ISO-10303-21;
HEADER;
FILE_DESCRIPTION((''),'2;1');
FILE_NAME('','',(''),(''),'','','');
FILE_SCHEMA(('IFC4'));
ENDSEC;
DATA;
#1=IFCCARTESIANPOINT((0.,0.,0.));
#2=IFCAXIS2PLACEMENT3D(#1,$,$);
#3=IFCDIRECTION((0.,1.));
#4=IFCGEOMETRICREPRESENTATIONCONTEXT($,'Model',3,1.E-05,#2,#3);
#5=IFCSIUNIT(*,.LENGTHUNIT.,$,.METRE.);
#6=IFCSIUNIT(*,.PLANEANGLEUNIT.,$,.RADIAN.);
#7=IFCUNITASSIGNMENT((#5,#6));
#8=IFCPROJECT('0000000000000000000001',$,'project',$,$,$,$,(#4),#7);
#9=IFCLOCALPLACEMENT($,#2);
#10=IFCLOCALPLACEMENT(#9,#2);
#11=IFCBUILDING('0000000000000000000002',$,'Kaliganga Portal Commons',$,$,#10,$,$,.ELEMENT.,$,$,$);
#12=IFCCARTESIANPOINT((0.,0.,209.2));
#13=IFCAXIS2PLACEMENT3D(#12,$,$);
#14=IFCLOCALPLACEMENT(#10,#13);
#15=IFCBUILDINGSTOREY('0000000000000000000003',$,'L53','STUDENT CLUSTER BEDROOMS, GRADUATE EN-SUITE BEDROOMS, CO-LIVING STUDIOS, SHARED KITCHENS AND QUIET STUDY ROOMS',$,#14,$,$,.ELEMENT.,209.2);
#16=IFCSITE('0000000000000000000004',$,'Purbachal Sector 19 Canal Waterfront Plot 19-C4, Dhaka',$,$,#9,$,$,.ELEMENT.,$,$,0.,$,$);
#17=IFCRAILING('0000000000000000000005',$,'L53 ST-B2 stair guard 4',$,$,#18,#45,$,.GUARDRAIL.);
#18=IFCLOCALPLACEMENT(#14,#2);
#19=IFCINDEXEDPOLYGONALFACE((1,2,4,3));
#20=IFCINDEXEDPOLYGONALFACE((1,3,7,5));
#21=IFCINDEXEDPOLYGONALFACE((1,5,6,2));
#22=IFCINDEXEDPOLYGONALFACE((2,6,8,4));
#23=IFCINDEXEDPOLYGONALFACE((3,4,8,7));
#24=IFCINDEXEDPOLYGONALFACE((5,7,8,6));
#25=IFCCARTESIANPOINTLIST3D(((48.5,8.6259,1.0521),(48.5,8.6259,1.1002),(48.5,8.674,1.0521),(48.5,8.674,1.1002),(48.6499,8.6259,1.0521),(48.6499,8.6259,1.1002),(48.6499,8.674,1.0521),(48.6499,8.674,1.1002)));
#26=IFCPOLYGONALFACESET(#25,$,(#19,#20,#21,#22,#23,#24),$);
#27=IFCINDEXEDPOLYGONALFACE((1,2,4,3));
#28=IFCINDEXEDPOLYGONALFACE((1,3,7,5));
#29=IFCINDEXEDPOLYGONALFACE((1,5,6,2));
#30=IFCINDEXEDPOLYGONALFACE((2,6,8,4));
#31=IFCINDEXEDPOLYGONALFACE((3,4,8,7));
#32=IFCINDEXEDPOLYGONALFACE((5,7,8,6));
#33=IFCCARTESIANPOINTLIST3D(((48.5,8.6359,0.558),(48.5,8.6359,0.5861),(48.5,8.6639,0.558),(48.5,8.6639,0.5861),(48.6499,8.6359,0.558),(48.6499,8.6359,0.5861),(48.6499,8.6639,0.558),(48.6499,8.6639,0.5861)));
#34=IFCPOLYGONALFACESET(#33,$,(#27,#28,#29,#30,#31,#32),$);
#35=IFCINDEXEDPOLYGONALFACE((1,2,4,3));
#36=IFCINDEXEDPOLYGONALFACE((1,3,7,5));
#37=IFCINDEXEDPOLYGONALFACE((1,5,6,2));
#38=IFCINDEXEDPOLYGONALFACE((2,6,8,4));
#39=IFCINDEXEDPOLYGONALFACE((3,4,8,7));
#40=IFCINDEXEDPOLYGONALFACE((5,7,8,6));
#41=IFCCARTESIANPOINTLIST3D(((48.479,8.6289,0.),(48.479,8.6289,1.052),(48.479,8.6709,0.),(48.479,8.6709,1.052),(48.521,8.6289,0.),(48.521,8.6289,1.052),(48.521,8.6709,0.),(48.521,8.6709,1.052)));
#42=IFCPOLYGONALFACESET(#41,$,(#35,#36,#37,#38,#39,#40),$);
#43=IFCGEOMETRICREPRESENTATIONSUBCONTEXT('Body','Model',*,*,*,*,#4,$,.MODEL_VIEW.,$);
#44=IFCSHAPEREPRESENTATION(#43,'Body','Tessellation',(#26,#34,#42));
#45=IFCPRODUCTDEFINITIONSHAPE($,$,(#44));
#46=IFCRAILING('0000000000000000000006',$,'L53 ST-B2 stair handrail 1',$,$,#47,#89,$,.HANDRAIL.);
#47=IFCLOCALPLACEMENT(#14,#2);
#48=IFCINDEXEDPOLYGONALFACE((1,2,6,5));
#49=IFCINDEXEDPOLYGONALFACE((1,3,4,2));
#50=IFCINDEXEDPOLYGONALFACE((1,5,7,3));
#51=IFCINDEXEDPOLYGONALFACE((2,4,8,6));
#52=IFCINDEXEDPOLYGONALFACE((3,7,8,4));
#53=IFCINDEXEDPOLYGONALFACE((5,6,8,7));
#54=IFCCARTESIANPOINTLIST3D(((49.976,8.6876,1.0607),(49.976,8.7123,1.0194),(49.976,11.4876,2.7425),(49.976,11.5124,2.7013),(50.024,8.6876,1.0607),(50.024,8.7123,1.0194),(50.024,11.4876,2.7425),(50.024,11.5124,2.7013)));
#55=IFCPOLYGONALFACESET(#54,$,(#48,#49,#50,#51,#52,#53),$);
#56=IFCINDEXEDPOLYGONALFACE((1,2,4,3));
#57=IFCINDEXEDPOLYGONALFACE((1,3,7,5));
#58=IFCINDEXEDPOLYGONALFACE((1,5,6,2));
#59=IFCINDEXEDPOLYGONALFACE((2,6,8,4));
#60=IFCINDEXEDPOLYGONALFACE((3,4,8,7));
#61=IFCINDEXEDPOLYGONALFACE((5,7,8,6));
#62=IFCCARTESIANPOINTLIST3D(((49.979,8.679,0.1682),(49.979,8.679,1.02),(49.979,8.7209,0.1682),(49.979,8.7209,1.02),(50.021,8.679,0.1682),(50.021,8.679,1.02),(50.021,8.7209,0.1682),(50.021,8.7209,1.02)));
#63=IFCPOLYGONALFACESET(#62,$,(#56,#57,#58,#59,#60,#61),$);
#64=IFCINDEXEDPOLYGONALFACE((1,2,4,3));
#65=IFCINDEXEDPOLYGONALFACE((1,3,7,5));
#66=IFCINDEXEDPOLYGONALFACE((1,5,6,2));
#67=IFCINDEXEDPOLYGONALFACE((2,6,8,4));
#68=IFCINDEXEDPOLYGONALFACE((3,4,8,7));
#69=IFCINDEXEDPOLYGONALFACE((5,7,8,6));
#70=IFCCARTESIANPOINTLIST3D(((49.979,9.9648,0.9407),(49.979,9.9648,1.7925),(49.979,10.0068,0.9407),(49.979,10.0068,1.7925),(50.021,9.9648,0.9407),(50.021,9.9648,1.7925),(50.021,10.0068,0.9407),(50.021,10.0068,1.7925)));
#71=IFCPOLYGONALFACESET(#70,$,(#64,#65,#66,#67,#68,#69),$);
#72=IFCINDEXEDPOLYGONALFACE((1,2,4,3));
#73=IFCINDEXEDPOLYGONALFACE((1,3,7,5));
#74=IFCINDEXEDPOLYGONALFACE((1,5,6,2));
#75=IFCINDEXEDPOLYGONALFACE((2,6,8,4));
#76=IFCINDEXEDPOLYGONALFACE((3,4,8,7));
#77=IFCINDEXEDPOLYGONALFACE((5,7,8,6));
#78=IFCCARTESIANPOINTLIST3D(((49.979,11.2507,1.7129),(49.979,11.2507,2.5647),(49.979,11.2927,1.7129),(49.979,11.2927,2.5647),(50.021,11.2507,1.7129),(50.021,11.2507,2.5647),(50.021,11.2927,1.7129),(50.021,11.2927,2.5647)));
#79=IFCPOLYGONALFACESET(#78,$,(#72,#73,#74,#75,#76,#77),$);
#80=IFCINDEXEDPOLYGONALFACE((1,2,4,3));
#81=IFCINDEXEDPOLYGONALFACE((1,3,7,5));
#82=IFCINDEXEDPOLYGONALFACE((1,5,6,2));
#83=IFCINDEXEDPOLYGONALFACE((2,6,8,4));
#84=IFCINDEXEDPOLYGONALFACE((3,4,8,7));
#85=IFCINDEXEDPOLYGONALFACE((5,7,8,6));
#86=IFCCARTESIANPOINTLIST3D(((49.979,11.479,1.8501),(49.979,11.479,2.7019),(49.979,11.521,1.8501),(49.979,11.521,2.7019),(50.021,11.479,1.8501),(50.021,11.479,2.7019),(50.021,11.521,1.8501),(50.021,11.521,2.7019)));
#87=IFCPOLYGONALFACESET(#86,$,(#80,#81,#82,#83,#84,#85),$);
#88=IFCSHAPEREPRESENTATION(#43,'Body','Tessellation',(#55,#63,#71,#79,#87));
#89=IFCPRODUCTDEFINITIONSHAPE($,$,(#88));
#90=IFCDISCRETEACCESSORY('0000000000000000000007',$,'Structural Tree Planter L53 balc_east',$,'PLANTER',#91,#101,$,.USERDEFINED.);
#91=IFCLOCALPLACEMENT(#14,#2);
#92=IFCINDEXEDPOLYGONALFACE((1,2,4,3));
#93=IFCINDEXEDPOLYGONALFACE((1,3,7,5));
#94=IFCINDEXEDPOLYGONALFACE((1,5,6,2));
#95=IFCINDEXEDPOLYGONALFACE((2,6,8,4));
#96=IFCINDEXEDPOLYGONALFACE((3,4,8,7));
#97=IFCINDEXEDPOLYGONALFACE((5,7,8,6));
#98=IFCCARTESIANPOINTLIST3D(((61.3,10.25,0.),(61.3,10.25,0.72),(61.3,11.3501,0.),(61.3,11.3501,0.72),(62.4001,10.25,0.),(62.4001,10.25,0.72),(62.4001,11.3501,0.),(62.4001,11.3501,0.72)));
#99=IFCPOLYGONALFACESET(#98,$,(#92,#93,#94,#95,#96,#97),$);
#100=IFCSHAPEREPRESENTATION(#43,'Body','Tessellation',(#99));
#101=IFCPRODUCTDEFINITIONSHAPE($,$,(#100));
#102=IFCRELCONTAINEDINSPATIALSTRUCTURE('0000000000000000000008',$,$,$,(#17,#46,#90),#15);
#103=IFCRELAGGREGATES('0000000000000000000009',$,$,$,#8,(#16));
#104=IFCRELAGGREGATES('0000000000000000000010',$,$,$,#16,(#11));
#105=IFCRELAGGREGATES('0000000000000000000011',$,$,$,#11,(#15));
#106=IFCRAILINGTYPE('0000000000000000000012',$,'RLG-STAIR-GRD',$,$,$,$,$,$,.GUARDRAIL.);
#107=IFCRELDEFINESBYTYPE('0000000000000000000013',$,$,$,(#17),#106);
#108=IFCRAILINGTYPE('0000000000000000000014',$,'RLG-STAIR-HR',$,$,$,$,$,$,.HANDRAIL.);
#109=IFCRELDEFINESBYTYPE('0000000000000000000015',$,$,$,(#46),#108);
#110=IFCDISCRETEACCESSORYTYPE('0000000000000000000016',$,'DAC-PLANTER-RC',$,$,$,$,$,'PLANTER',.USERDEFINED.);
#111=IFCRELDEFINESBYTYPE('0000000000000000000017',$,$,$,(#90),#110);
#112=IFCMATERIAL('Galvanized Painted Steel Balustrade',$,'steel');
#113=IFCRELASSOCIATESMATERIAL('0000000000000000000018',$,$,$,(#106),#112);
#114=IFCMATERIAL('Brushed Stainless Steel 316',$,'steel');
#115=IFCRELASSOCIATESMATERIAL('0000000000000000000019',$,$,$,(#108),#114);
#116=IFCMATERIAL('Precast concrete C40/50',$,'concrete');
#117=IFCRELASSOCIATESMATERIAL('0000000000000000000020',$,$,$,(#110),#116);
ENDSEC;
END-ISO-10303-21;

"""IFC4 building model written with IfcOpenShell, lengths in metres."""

from ifc_helpers import new_model, si_unit, direction, frame, origin, origin_2d, place, context, subcontext, project, spatial, rectangle, extrude, source, transform, mapped, material, type_object, element, save


model = new_model("IFC4")

# Units and contexts
model_context = context("Model", 3, precision=1e-05, world=origin(), true_north=direction((0.0, 1.0)))
body_context = subcontext(model_context, "Body", "Model", "MODEL_VIEW")
ifc_project = project(units=[si_unit("LENGTHUNIT", "METRE"), si_unit("PLANEANGLEUNIT", "RADIAN")], contexts=[model_context])

# Site, building, storey
site_placement = place(None, origin())
site = spatial("IfcSite", under=ifc_project, at=site_placement, Name="Purbachal Sector 19 Canal Waterfront Plot 19-C4, Dhaka", CompositionType="ELEMENT", RefElevation=0.0)
building_placement = place(site_placement, origin())
building = spatial("IfcBuilding", under=site, at=building_placement, Name="Kaliganga Portal Commons", CompositionType="ELEMENT")
storey_placement = place(building_placement, frame((0.0, 0.0, 209.2)))
storey = spatial("IfcBuildingStorey", under=building, at=storey_placement, Name="L53", Description="STUDENT CLUSTER BEDROOMS, GRADUATE EN-SUITE BEDROOMS, CO-LIVING STUDIOS, SHARED KITCHENS AND QUIET STUDY ROOMS", CompositionType="ELEMENT", Elevation=209.2)

# Railings
ifc_material_1 = material(Name="Galvanized Painted Steel Balustrade", Category="steel")
railing_type_1 = type_object("IfcRailingType", Name="RLG-STAIR-GRD", PredefinedType="GUARDRAIL", material=ifc_material_1)
railing_1_placement = place(storey_placement, frame((48.6499, 8.6499, 0.0)))
element("IfcRailing", 1, at=railing_1_placement, inside=storey, type_object=railing_type_1, Name="L53 ST-B2 stair guard 4", PredefinedType="GUARDRAIL", context=body_context, shape_type="SweptSolid", body=[
    extrude(rectangle(XDim=0.0481, YDim=0.0481, at=origin_2d()), frame((0.0, 0.0, 1.0762), z_axis=(-1.0, 0.0, 0.0), x_axis=(0.0, -1.0, 0.0)), (0.0, 0.0, 1.0), 0.1499),
    extrude(rectangle(XDim=0.0281, YDim=0.0281, at=origin_2d()), frame((0.0, 0.0, 0.572), z_axis=(-1.0, 0.0, 0.0), x_axis=(0.0, -1.0, 0.0)), (0.0, 0.0, 1.0), 0.1499),
    extrude(rectangle(XDim=0.042, YDim=0.042, at=origin_2d()), frame((-0.1499, 0.0, 0.0)), (0.0, 0.0, 1.0), 1.052),
])
ifc_material_2 = material(Name="Brushed Stainless Steel 316", Category="steel")
railing_type_2 = type_object("IfcRailingType", Name="RLG-STAIR-HR", PredefinedType="HANDRAIL", material=ifc_material_2)
railing_2_placement = place(storey_placement, frame((50.0, 8.7, 0.1682)))
element("IfcRailing", 2, at=railing_2_placement, inside=storey, type_object=railing_type_2, Name="L53 ST-B2 stair handrail 1", PredefinedType="HANDRAIL", context=body_context, shape_type="SweptSolid", body=[
    extrude(rectangle(XDim=0.0481, YDim=0.0481, at=origin_2d()), frame((0.0, 0.0, 0.8718), z_axis=(0.0, 0.857242, 0.514913), x_axis=(-1.0, 0.0, 0.0)), (0.0, 0.0, 1.0), 3.2664),
    extrude(rectangle(XDim=0.042, YDim=0.042, at=origin_2d()), origin(), (0.0, 0.0, 1.0), 0.8518),
    extrude(rectangle(XDim=0.042, YDim=0.042, at=origin_2d()), frame((0.0, 1.2859, 0.7725)), (0.0, 0.0, 1.0), 0.8518),
    extrude(rectangle(XDim=0.042, YDim=0.042, at=origin_2d()), frame((0.0, 2.5718, 1.5447)), (0.0, 0.0, 1.0), 0.8518),
    extrude(rectangle(XDim=0.042, YDim=0.042, at=origin_2d()), frame((0.0, 2.8, 1.6819)), (0.0, 0.0, 1.0), 0.8518),
])

# Discrete accessory
ifc_material_3 = material(Name="Precast concrete C40/50", Category="concrete")
discrete_accessory_type = type_object("IfcDiscreteAccessoryType", Name="DAC-PLANTER-RC", ElementType="PLANTER", PredefinedType="USERDEFINED", material=ifc_material_3)
shared_shape_1 = source(origin(), body_context, "Body", "SweptSolid", [
    extrude(rectangle(XDim=1.1001, YDim=1.1001, at=origin_2d()), origin(), (0.0, 0.0, 1.0), 0.72),
])
discrete_accessory_placement = place(storey_placement, frame((61.8501, 10.8, 0.0), z_axis=(0.0, 0.0, 1.0), x_axis=(1.0, 0.0, 0.0)))
element("IfcDiscreteAccessory", 3, at=discrete_accessory_placement, inside=storey, type_object=discrete_accessory_type, Name="Structural Tree Planter L53 balc_east", ObjectType="PLANTER", PredefinedType="USERDEFINED", context=body_context, shape_type="MappedRepresentation", body=[
    mapped(shared_shape_1, transform((0.0, 0.0, 0.0), x_axis=(1.0, 0.0, 0.0), y_axis=(0.0, 1.0, 0.0), z_axis=(0.0, 0.0, 1.0), scale=1.0)),
])

save(model, "model.ifc")
